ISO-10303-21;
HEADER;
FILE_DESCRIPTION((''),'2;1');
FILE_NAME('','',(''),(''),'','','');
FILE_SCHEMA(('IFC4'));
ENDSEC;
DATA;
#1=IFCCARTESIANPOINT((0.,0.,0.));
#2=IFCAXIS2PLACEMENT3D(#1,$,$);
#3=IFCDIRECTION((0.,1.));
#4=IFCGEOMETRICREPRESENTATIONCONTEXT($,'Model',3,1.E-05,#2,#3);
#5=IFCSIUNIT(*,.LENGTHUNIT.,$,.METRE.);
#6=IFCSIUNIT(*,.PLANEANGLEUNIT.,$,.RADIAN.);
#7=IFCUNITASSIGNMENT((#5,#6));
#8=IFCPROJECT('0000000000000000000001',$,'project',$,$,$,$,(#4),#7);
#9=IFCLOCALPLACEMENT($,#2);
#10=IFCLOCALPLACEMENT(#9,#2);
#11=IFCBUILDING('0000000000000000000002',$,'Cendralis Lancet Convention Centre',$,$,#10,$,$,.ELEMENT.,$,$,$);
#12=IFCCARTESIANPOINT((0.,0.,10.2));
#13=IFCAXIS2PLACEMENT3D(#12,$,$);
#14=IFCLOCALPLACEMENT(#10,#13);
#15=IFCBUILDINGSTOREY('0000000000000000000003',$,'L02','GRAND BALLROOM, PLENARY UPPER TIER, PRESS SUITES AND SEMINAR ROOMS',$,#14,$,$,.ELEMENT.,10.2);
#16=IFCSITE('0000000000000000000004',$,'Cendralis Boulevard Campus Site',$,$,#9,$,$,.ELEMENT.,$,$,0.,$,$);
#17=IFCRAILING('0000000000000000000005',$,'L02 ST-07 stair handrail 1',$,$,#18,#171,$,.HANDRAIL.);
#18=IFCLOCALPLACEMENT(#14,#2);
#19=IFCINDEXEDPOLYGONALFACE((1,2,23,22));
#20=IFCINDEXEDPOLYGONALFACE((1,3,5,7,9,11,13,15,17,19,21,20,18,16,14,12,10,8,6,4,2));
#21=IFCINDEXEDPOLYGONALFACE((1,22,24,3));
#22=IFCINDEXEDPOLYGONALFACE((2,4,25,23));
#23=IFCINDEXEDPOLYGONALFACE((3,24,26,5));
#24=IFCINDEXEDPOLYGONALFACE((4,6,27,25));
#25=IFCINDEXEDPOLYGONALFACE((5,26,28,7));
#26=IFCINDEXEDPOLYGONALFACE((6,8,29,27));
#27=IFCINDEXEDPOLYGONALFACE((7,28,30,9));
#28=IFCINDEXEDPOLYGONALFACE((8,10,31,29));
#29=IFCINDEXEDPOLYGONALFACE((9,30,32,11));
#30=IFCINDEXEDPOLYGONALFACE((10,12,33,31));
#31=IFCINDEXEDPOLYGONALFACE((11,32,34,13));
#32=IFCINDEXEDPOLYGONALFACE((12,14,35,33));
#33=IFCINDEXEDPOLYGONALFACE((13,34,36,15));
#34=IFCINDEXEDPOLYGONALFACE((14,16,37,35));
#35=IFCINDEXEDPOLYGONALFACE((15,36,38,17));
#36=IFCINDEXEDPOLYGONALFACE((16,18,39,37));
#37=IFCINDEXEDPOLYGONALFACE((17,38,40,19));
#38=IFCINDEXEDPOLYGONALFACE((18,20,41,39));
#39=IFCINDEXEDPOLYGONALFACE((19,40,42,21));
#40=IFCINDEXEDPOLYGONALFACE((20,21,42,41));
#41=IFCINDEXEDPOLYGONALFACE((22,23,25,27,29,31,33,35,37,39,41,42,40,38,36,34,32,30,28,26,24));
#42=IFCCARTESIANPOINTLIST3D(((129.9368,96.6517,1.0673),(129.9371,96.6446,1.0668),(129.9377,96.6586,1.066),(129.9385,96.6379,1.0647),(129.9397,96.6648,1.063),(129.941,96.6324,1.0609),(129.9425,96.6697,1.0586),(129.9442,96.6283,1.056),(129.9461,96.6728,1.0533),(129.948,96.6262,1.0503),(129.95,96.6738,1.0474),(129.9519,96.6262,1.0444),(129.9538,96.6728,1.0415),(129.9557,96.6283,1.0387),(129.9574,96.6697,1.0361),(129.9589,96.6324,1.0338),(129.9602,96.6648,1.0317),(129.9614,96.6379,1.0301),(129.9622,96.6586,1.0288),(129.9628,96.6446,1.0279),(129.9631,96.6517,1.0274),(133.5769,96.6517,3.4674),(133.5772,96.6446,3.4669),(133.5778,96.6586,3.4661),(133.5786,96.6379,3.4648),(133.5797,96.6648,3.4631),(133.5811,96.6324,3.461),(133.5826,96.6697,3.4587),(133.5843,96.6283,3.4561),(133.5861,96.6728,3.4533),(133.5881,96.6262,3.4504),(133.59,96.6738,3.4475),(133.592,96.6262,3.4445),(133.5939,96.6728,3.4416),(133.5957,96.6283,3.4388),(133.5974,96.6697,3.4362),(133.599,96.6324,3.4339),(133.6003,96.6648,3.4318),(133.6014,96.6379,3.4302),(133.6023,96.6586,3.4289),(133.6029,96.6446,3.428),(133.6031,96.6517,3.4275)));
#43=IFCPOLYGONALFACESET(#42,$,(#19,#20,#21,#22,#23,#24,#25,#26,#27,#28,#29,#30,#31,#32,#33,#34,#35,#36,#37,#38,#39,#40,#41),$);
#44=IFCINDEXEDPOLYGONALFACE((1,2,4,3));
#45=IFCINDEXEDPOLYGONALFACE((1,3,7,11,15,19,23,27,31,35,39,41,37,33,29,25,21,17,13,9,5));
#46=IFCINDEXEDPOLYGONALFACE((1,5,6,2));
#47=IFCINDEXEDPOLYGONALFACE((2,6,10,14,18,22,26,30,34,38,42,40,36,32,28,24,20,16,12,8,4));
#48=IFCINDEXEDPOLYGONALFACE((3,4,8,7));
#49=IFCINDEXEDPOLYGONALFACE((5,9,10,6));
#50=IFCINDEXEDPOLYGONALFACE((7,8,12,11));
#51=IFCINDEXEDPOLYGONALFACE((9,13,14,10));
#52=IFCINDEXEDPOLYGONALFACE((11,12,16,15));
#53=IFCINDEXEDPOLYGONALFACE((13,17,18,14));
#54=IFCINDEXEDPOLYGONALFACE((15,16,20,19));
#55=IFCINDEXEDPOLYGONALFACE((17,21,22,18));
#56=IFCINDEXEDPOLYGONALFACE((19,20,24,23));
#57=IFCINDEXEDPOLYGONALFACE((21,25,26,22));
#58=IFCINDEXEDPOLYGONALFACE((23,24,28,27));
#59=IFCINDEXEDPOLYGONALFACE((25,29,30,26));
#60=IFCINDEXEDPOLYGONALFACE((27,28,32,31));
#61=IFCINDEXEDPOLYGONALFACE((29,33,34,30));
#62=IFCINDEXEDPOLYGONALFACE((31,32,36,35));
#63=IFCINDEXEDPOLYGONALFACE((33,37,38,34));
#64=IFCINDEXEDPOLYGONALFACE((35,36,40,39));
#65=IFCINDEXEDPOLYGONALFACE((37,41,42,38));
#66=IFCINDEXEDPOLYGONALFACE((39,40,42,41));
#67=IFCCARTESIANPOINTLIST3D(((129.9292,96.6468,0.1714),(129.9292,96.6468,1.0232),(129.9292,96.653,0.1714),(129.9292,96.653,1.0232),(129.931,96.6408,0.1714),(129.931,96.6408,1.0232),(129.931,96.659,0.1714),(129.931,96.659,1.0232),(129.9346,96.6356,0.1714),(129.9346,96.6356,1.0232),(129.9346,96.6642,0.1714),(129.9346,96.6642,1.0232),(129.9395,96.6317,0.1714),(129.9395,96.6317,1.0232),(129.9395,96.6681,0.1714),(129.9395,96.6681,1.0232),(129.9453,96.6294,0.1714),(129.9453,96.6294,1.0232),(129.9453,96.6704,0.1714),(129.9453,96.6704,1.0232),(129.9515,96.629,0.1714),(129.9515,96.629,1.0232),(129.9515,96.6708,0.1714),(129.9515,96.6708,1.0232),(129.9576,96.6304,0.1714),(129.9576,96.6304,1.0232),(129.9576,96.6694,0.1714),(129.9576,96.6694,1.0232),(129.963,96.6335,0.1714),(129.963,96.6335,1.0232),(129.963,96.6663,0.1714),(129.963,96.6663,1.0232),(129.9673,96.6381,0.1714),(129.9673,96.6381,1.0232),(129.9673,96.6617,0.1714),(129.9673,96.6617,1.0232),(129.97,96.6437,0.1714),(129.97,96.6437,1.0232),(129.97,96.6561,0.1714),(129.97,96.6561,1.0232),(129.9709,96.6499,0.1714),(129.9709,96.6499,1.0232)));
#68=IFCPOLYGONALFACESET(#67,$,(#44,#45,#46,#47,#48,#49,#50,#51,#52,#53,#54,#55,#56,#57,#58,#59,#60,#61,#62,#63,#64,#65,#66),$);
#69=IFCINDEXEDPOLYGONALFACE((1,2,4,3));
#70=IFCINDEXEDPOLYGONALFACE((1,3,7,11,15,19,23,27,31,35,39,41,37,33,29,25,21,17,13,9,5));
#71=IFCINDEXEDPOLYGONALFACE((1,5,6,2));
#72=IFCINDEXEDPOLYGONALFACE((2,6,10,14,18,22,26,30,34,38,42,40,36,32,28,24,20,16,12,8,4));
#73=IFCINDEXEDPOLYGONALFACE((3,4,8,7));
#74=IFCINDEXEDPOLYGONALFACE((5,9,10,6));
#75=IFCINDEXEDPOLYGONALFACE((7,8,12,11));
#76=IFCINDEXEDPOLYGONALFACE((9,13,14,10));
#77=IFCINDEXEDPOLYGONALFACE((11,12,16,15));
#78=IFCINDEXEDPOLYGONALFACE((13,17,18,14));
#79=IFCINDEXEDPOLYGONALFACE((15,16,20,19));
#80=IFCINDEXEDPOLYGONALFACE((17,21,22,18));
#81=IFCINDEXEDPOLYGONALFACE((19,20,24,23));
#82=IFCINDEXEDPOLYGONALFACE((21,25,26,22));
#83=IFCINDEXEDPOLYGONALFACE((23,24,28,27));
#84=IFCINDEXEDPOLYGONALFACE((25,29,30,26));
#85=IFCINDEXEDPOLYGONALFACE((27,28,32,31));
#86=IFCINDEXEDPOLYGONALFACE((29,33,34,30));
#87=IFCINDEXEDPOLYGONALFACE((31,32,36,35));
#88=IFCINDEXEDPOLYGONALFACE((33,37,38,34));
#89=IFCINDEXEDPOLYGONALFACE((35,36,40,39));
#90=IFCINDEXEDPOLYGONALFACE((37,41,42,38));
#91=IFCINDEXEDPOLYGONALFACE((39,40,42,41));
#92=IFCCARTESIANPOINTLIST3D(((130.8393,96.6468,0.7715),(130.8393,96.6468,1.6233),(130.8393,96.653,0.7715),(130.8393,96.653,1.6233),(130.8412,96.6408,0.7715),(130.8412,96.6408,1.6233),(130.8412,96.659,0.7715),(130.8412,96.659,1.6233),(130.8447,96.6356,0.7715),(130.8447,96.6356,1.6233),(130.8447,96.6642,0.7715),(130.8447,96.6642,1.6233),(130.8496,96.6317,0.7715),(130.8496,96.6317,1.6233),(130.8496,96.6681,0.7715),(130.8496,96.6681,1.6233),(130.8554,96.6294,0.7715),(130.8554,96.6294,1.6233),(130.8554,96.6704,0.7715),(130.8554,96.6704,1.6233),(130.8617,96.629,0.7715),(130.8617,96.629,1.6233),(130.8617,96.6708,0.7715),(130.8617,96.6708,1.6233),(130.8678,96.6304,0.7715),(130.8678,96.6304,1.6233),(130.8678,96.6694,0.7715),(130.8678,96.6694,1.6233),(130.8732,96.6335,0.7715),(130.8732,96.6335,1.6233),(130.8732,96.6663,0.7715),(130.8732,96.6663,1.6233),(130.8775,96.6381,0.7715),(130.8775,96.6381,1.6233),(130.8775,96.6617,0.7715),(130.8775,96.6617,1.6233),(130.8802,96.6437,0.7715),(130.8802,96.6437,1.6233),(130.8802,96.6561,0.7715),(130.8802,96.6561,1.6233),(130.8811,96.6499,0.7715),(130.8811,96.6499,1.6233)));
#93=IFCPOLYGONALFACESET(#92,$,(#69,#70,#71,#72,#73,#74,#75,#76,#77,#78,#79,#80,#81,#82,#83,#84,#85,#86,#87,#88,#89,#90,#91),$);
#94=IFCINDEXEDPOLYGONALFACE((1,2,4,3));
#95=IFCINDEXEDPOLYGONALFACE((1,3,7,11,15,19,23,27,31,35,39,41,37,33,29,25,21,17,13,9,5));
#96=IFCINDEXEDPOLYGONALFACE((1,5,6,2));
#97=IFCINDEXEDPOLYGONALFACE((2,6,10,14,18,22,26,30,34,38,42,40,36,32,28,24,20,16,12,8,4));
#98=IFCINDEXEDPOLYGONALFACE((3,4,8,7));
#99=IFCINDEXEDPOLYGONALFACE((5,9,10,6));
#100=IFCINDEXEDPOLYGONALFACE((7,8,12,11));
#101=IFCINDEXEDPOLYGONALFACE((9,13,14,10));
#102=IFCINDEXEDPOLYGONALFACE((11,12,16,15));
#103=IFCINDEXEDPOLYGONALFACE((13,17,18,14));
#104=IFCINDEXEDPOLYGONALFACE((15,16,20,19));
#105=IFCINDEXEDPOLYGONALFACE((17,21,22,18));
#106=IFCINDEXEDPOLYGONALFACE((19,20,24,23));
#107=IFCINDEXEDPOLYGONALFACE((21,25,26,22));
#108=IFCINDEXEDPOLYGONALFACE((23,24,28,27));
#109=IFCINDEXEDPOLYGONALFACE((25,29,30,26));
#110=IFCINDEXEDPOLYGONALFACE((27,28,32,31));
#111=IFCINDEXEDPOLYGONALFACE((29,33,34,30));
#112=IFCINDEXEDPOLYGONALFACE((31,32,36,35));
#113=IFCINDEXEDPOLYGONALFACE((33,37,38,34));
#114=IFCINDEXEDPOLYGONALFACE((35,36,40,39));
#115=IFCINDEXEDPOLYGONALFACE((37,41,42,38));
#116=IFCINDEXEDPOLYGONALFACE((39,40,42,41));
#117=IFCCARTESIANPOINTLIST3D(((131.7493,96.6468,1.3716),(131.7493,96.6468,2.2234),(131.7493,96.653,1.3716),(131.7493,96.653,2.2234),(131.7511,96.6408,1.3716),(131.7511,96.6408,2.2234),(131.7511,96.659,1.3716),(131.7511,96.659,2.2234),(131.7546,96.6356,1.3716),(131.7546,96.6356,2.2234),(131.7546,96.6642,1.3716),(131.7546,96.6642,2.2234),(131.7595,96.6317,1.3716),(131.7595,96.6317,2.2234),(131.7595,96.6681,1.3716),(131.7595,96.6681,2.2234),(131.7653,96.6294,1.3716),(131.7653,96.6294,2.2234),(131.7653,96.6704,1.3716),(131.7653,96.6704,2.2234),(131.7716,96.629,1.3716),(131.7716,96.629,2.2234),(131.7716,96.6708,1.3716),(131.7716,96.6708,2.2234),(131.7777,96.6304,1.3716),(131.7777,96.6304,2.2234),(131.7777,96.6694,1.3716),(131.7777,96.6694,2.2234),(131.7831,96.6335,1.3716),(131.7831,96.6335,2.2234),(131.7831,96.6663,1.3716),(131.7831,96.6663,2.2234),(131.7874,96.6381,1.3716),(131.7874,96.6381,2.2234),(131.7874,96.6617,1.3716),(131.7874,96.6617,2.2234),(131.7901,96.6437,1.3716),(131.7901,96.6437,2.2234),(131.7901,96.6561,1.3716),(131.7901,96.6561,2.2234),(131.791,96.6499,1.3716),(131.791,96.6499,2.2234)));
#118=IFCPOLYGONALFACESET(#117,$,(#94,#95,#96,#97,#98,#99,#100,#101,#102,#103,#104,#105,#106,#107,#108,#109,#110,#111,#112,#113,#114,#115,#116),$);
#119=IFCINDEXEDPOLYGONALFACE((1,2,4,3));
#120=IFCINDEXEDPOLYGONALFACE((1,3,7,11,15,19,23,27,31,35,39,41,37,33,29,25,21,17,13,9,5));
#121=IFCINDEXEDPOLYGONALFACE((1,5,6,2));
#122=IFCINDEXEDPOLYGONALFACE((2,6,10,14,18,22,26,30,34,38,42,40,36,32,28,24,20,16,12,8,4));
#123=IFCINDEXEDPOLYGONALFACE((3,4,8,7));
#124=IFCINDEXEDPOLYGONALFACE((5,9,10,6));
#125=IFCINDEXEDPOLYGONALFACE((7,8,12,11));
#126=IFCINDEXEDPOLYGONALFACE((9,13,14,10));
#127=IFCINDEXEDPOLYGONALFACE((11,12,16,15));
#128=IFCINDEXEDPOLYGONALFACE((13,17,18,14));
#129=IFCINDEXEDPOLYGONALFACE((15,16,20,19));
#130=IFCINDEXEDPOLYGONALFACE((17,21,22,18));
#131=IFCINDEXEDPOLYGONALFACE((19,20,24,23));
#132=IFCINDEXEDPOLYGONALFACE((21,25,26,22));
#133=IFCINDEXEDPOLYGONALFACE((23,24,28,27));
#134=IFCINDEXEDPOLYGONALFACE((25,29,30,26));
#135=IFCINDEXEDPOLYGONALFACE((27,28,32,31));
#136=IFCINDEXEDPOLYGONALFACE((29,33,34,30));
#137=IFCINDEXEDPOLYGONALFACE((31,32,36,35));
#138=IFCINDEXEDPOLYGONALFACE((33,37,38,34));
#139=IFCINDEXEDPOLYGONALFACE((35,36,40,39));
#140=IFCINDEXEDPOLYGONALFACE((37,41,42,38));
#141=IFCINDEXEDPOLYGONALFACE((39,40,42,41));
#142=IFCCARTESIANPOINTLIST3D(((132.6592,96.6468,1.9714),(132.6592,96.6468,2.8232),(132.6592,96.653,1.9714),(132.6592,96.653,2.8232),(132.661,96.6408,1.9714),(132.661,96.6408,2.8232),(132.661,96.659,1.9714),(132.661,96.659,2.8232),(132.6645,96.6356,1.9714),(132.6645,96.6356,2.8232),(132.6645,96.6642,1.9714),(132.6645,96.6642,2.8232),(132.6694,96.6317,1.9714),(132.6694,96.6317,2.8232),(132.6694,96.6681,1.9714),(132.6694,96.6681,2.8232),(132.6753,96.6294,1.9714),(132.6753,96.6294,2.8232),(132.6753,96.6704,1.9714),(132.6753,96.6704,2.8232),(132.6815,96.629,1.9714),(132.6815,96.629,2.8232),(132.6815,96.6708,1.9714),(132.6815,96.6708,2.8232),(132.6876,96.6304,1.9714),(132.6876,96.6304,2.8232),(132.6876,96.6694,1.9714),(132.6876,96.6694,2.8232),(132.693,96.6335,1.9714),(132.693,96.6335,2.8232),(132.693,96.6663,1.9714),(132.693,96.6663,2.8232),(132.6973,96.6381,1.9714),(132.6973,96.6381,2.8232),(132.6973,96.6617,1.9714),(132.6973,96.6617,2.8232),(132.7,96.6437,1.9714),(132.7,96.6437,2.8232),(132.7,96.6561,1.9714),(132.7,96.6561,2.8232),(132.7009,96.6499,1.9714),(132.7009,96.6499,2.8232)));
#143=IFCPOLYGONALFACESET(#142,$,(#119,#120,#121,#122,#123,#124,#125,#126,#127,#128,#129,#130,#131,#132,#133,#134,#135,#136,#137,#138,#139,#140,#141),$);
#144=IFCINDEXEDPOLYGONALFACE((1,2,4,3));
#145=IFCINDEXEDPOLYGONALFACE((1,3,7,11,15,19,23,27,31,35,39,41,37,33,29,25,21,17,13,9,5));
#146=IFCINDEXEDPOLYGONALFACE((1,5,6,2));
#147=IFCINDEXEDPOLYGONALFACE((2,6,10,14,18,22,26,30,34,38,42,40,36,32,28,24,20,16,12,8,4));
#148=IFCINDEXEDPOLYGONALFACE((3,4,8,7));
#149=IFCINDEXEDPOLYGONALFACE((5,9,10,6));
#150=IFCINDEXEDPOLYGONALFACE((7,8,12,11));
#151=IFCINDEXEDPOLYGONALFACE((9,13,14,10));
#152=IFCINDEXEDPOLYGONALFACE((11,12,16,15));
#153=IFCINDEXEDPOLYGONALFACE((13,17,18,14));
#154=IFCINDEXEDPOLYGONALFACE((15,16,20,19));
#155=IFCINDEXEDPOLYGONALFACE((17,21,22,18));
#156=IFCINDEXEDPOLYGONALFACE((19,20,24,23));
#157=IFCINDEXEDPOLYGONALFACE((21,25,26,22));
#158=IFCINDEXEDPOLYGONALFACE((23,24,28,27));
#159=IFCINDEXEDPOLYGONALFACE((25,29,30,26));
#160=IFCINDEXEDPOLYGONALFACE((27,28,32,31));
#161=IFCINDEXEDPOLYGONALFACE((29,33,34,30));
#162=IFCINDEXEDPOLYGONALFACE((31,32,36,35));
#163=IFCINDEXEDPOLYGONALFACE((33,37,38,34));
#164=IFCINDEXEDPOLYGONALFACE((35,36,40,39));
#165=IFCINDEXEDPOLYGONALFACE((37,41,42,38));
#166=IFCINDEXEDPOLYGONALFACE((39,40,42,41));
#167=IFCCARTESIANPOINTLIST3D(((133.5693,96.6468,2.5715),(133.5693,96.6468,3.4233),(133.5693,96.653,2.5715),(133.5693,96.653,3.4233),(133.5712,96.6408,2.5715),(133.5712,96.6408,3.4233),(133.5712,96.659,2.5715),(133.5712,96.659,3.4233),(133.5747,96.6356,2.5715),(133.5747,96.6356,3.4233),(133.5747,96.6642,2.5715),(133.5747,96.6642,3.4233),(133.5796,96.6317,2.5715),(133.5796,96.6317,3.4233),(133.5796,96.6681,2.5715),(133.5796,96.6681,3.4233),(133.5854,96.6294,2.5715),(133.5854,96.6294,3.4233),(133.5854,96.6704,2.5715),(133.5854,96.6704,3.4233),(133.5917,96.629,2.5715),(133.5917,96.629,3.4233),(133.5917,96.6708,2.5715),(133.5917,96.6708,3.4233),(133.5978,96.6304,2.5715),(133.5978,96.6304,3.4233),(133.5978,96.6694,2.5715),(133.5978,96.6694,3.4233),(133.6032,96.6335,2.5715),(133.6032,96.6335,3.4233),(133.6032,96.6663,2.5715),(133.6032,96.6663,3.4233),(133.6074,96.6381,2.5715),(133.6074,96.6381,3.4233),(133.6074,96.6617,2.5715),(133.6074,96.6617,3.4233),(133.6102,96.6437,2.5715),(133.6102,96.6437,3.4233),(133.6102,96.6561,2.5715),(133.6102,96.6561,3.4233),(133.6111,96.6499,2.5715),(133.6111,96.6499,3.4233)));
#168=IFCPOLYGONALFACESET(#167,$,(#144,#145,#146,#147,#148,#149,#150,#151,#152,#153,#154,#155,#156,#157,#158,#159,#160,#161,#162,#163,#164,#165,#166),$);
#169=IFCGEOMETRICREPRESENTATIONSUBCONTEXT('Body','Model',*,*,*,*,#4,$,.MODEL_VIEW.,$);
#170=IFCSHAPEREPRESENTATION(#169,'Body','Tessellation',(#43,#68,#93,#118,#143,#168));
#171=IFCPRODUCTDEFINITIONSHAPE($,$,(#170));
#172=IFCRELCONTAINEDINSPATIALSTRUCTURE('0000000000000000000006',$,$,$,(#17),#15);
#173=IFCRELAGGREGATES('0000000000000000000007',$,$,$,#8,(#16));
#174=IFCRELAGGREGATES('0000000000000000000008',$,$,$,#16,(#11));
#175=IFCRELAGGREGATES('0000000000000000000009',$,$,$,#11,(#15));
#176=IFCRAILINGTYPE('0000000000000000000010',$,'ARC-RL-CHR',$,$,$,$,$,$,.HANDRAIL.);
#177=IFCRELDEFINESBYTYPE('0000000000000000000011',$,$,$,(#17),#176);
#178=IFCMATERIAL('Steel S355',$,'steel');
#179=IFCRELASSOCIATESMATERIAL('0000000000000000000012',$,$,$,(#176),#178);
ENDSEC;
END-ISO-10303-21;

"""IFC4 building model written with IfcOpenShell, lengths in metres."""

from ifc_helpers import new_model, si_unit, direction, frame, origin, origin_2d, place, context, subcontext, project, spatial, circle, extrude, material, type_object, element, save


model = new_model("IFC4")

# Units and contexts
model_context = context("Model", 3, precision=1e-05, world=origin(), true_north=direction((0.0, 1.0)))
body_context = subcontext(model_context, "Body", "Model", "MODEL_VIEW")
ifc_project = project(units=[si_unit("LENGTHUNIT", "METRE"), si_unit("PLANEANGLEUNIT", "RADIAN")], contexts=[model_context])

# Site, building, storey
site_placement = place(None, origin())
site = spatial("IfcSite", under=ifc_project, at=site_placement, Name="Cendralis Boulevard Campus Site", CompositionType="ELEMENT", RefElevation=0.0)
building_placement = place(site_placement, origin())
building = spatial("IfcBuilding", under=site, at=building_placement, Name="Cendralis Lancet Convention Centre", CompositionType="ELEMENT")
storey_placement = place(building_placement, frame((0.0, 0.0, 10.2)))
storey = spatial("IfcBuildingStorey", under=building, at=storey_placement, Name="L02", Description="GRAND BALLROOM, PLENARY UPPER TIER, PRESS SUITES AND SEMINAR ROOMS", CompositionType="ELEMENT", Elevation=10.2)

# Shared definitions
ifc_material_1 = material(Name="Steel S355", Category="steel")

# Railing
railing_type_1 = type_object("IfcRailingType", Name="ARC-RL-CHR", PredefinedType="HANDRAIL", material=ifc_material_1)
railing_1_placement = place(storey_placement, frame((129.95, 96.6499, 0.1714)))
element("IfcRailing", 1, at=railing_1_placement, inside=storey, type_object=railing_type_1, Name="L02 ST-07 stair handrail 1", PredefinedType="HANDRAIL", context=body_context, shape_type="SweptSolid", body=[
    extrude(circle(Radius=0.0239, at=origin_2d()), frame((0.0, 0.0, 0.876), z_axis=(0.834856, 0.0, 0.550468), x_axis=(0.0, 1.0, 0.0)), (0.0, 0.0, 1.0), 4.3601),
    extrude(circle(Radius=0.021, at=origin_2d()), origin(), (0.0, 0.0, 1.0), 0.8518),
    extrude(circle(Radius=0.021, at=origin_2d()), frame((0.9102, 0.0, 0.6001)), (0.0, 0.0, 1.0), 0.8518),
    extrude(circle(Radius=0.021, at=origin_2d()), frame((1.8201, 0.0, 1.2002)), (0.0, 0.0, 1.0), 0.8518),
    extrude(circle(Radius=0.021, at=origin_2d()), frame((2.73, 0.0, 1.8)), (0.0, 0.0, 1.0), 0.8518),
    extrude(circle(Radius=0.021, at=origin_2d()), frame((3.6401, 0.0, 2.4001)), (0.0, 0.0, 1.0), 0.8518),
])

save(model, "model.ifc")
